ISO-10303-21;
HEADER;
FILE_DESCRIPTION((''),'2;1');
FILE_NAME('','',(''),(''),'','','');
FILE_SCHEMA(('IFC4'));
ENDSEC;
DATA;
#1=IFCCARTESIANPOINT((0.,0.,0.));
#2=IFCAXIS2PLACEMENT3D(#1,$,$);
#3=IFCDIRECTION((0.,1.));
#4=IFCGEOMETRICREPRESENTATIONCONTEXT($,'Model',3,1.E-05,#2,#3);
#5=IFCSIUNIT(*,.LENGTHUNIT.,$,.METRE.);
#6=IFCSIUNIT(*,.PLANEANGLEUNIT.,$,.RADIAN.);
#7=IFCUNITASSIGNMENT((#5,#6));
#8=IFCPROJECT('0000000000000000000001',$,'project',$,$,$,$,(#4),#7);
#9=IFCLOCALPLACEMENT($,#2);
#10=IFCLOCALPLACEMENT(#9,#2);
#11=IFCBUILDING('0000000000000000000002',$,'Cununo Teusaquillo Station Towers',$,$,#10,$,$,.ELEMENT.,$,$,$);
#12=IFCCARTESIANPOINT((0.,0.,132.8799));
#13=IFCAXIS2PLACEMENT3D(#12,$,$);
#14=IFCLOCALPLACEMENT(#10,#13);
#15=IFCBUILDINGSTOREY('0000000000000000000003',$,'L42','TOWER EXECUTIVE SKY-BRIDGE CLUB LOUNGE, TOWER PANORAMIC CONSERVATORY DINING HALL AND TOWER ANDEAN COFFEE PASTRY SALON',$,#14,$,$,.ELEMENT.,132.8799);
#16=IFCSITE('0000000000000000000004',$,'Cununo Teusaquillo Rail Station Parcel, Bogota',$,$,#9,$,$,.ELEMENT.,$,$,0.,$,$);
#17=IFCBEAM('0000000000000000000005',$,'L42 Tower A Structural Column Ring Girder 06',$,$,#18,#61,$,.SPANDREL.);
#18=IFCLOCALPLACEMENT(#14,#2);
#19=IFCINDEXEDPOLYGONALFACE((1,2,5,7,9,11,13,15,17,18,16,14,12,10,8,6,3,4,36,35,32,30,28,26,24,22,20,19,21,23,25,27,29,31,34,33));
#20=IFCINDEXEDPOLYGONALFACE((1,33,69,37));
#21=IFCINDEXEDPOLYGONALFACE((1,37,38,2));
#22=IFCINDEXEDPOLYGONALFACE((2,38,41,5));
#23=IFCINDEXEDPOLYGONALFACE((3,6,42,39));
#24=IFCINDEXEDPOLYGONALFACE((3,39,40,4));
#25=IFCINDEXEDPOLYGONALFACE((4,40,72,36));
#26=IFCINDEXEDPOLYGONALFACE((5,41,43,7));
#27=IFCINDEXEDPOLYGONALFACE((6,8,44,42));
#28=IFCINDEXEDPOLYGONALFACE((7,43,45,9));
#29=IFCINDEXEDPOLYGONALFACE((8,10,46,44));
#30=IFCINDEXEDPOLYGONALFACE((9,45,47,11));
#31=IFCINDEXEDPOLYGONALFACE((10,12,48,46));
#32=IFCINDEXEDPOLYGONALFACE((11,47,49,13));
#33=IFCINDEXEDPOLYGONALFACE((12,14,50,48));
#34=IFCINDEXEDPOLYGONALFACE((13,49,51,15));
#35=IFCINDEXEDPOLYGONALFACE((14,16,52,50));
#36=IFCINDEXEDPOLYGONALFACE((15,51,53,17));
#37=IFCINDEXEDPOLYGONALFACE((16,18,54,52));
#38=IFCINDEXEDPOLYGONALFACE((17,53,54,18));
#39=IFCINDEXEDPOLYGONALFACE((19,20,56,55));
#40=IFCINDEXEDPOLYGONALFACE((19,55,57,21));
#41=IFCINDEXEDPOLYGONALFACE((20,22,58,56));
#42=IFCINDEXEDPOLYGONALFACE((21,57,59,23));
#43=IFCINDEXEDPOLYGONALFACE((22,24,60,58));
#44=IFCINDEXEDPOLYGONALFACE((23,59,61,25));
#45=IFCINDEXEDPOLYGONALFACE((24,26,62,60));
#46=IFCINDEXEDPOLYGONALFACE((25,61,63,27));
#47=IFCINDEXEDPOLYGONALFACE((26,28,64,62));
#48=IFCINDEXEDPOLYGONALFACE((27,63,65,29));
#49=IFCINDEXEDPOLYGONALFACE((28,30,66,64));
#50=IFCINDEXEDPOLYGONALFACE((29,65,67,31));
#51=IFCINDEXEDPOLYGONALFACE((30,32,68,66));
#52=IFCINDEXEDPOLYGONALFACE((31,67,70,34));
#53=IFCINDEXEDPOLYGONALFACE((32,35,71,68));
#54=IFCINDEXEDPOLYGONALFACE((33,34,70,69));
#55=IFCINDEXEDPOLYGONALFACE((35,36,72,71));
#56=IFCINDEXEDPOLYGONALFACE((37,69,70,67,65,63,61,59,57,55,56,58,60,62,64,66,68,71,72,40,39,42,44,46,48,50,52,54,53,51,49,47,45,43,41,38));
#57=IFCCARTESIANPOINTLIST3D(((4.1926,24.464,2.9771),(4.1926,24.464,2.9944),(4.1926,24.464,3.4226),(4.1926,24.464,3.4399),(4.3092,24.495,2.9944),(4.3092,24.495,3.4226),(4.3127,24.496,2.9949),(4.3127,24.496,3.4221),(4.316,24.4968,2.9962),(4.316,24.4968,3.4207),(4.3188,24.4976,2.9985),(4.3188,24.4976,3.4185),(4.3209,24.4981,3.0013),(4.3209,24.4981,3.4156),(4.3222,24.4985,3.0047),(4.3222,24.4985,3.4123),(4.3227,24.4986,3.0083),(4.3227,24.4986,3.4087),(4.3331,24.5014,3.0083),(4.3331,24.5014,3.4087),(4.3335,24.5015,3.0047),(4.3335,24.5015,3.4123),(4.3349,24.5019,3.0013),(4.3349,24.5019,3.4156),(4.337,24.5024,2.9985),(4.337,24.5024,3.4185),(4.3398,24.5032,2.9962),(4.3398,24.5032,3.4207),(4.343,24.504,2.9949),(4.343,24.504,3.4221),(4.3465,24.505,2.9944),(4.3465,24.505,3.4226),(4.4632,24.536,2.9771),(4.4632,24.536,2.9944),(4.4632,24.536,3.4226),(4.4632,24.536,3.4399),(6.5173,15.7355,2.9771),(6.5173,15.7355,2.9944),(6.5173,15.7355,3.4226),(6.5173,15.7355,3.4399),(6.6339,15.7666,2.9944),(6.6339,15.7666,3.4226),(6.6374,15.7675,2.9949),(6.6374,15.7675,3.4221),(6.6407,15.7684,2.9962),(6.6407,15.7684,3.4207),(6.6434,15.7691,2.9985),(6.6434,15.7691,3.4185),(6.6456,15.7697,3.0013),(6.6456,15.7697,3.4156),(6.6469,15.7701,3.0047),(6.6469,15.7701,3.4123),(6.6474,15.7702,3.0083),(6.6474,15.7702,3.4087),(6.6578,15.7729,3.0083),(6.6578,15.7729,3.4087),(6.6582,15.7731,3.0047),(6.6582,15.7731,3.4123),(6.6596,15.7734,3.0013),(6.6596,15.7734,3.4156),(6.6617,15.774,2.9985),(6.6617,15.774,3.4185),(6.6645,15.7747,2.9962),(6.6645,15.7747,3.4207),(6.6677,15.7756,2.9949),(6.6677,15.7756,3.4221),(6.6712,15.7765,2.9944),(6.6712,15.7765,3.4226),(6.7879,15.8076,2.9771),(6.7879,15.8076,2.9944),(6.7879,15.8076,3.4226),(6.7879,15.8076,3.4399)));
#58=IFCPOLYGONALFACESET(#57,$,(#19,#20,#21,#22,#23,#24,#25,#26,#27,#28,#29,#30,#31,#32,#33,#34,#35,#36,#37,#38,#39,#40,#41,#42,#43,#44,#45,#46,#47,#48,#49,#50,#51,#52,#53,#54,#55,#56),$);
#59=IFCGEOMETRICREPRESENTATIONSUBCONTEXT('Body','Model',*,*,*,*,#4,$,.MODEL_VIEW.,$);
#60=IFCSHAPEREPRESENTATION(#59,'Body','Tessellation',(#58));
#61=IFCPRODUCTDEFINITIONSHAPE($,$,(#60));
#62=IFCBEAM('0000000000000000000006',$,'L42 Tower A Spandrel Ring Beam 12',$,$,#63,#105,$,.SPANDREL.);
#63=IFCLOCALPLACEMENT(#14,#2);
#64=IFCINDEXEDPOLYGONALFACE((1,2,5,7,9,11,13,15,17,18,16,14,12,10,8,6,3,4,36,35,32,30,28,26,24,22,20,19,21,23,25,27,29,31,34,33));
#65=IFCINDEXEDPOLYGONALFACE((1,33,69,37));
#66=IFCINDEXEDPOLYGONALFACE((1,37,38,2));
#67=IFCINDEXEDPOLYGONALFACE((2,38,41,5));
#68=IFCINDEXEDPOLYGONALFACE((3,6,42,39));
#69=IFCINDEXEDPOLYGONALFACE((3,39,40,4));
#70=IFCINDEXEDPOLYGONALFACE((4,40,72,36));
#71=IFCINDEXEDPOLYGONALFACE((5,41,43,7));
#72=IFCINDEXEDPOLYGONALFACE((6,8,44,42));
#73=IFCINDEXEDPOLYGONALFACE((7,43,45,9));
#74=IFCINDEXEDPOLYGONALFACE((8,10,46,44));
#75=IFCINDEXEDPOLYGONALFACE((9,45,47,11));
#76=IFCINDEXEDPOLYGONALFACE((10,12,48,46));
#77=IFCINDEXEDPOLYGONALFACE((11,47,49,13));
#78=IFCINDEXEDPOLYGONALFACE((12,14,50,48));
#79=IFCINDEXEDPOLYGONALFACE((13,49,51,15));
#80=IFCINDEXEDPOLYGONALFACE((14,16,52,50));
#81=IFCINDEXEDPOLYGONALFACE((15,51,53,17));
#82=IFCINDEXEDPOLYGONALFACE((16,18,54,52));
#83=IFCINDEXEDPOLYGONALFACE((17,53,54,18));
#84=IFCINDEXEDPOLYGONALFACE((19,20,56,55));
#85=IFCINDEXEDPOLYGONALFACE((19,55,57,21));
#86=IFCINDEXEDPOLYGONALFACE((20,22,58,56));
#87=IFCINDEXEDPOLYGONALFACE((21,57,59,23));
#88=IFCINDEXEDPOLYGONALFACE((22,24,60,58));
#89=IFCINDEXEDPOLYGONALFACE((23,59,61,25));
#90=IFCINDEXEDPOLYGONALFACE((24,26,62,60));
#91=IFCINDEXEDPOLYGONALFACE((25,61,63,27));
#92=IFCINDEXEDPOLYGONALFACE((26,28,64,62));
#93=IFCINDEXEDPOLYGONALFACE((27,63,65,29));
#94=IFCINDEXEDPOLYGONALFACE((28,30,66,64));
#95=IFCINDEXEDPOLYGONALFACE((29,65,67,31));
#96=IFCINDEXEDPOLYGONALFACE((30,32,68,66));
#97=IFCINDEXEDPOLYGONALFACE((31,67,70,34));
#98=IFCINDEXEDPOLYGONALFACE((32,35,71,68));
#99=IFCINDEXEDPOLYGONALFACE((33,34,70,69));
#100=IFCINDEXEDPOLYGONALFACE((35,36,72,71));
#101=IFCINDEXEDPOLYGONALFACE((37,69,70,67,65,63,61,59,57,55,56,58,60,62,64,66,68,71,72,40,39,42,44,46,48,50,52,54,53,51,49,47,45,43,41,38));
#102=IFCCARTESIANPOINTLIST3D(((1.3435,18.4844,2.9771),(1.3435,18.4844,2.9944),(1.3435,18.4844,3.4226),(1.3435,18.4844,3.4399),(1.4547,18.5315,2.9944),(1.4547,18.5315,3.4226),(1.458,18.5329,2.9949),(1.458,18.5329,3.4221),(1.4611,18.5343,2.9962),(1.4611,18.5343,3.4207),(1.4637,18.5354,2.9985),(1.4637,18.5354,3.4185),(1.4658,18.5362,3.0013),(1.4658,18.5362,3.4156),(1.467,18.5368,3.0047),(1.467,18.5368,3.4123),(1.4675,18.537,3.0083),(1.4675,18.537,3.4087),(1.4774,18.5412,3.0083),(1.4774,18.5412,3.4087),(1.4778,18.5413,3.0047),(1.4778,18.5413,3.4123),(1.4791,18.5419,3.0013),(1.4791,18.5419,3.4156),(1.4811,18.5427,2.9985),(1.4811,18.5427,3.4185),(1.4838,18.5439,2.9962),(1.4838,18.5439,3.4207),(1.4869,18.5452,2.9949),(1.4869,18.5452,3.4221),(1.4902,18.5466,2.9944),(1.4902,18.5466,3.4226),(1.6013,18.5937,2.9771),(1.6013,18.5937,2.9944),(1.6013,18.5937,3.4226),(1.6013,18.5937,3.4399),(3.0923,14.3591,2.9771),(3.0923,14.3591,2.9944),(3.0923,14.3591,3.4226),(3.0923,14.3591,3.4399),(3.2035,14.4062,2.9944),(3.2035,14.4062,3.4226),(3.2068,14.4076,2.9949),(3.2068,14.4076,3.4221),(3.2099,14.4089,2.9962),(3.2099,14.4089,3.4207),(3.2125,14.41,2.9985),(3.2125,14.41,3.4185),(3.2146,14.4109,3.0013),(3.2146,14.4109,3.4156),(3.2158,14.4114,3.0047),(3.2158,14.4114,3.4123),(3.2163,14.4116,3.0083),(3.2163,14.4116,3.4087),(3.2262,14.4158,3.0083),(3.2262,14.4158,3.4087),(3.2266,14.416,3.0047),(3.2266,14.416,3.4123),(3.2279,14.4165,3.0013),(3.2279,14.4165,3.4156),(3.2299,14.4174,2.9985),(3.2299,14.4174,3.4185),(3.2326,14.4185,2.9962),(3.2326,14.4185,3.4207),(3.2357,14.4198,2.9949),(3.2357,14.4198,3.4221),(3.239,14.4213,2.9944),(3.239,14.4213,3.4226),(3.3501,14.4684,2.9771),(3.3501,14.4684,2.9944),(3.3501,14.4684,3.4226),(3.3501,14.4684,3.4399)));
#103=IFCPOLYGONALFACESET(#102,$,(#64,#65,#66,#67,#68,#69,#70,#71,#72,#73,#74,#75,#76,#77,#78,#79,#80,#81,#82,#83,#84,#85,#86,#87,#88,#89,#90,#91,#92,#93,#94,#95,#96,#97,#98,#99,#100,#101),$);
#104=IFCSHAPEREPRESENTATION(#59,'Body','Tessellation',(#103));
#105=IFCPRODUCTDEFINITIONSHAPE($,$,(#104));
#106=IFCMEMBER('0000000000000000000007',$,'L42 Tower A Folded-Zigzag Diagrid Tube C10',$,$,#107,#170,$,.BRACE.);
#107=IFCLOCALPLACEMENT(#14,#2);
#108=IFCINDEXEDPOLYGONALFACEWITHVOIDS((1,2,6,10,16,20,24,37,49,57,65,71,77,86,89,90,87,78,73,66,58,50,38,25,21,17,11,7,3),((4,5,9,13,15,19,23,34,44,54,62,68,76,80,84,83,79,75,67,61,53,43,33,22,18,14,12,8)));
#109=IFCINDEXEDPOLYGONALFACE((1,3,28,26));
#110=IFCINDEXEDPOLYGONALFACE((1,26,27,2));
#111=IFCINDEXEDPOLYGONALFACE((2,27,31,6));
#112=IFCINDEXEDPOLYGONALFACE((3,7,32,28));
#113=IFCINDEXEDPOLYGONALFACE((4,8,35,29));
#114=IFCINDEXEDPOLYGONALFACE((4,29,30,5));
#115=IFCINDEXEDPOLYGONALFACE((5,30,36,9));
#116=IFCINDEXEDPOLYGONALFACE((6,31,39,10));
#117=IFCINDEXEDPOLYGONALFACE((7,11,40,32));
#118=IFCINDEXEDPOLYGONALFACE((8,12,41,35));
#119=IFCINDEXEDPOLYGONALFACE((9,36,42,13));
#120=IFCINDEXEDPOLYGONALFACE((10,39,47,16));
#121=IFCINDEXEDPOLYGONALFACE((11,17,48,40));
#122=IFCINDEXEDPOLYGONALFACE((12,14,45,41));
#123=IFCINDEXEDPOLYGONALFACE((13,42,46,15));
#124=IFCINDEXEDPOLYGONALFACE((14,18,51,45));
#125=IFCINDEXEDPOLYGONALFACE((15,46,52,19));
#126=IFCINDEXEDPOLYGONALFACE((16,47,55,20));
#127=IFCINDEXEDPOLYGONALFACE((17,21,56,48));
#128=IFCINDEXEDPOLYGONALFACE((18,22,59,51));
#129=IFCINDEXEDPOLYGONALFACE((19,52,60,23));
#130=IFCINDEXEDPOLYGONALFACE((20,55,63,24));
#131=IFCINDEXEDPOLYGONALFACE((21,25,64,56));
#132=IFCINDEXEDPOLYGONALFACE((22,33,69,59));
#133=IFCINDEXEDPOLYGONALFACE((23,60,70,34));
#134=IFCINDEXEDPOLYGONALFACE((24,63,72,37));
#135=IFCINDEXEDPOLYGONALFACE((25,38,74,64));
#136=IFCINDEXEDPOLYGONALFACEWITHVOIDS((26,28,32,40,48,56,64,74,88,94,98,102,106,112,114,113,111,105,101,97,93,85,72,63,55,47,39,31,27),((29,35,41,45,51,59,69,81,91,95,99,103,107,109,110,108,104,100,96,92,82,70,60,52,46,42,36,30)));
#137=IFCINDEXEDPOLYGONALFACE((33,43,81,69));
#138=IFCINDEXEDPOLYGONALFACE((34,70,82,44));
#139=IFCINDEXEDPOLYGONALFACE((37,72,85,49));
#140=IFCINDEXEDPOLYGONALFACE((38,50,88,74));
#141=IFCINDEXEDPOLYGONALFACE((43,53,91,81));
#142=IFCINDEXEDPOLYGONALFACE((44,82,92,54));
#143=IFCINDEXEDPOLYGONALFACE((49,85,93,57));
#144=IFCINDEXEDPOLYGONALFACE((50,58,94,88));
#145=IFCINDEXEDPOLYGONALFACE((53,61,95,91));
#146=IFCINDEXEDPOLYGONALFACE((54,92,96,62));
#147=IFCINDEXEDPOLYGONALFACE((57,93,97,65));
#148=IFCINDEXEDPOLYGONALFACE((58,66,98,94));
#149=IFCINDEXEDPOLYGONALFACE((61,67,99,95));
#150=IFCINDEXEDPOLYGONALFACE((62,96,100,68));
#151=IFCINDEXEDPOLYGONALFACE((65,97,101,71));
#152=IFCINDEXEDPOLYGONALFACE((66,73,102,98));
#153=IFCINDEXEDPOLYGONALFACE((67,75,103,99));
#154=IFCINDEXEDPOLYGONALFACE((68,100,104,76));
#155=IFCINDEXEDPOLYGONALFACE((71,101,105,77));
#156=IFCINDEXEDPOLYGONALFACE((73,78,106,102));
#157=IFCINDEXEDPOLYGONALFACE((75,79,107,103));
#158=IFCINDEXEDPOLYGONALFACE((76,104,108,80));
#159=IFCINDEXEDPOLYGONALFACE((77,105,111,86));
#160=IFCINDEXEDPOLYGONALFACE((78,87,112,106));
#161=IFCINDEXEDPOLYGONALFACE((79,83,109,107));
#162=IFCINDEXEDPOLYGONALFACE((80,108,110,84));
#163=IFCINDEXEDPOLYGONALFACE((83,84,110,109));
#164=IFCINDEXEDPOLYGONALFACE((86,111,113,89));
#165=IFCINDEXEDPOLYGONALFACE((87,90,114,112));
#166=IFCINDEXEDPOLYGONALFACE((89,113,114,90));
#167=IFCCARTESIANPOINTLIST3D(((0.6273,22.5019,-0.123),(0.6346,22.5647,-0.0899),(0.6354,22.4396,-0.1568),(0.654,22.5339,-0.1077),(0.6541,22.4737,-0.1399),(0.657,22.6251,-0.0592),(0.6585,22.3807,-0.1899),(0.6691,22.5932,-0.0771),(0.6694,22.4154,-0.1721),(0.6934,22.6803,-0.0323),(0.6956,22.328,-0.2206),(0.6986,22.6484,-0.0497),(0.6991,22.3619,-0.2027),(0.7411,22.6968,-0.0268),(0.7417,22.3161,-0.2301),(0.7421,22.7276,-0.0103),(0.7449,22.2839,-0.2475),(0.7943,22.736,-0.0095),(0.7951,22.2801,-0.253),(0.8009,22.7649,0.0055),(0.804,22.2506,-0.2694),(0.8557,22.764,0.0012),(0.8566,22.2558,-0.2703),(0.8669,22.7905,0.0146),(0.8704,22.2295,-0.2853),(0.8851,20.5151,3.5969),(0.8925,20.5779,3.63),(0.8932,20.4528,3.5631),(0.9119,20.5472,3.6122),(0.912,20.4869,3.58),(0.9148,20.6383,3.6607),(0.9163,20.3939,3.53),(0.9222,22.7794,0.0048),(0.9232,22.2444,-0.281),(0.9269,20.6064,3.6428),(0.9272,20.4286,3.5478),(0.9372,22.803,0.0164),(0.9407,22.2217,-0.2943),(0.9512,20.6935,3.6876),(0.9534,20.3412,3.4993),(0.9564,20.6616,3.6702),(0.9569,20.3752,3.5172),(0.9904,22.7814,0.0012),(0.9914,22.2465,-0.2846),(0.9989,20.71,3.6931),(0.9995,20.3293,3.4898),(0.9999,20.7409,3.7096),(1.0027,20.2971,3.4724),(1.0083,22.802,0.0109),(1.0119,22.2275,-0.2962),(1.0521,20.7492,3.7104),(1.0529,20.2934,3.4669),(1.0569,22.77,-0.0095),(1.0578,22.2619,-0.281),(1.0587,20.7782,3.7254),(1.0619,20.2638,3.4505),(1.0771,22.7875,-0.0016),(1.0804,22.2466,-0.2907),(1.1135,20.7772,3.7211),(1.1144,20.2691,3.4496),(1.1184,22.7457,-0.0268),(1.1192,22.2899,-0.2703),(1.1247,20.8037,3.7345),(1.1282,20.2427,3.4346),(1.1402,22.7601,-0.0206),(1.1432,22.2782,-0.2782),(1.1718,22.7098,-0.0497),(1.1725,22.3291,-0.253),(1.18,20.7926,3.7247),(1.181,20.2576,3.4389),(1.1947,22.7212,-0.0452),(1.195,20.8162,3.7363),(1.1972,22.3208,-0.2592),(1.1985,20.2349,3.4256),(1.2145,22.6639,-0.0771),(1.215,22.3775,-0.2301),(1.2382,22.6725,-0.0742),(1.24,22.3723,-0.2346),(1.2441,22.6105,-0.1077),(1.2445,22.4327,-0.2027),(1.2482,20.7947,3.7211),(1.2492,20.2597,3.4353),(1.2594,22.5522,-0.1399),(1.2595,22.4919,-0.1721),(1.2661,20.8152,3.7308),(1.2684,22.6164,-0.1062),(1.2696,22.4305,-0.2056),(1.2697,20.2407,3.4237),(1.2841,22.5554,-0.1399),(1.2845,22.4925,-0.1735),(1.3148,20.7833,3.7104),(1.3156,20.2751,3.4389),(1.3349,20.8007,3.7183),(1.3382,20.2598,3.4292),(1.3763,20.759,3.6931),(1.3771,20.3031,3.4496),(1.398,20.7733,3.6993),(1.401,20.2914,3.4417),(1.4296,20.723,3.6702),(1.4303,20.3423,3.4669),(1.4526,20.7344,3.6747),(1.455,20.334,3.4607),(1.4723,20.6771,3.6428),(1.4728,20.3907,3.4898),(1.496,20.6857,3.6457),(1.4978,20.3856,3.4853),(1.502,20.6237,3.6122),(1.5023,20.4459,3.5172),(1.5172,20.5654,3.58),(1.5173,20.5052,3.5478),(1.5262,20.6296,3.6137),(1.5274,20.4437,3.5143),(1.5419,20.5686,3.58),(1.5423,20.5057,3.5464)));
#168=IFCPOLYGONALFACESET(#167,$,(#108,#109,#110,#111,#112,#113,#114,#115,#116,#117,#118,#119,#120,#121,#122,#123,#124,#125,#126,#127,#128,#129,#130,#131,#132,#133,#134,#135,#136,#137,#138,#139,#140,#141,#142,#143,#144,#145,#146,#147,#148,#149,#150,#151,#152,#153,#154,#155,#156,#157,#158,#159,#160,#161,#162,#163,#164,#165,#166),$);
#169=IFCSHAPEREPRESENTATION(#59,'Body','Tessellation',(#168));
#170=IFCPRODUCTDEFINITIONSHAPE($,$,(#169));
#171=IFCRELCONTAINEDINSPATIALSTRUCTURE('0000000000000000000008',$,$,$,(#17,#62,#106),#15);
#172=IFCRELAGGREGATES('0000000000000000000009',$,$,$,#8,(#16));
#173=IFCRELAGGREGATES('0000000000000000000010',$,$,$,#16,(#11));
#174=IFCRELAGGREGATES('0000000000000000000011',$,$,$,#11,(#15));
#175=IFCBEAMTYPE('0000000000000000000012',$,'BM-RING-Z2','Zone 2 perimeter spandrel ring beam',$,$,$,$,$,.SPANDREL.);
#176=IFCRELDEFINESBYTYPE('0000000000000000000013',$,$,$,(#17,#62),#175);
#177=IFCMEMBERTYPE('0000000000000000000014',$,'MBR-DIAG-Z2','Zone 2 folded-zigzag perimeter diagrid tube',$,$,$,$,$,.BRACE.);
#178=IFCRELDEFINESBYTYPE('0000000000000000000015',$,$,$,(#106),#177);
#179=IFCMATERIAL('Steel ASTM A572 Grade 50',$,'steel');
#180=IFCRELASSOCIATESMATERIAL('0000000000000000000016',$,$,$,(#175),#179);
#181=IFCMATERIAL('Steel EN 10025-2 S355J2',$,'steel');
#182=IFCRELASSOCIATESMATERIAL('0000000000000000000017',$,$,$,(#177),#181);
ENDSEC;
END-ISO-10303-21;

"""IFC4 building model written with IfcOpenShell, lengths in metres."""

from ifc_helpers import new_model, si_unit, direction, frame, origin, origin_2d, place, context, subcontext, project, spatial, hollow_circle, i_section, extrude, material, material_profile, profile_set, type_object, element, save


model = new_model("IFC4")

# Units and contexts
model_context = context("Model", 3, precision=1e-05, world=origin(), true_north=direction((0.0, 1.0)))
body_context = subcontext(model_context, "Body", "Model", "MODEL_VIEW")
ifc_project = project(units=[si_unit("LENGTHUNIT", "METRE"), si_unit("PLANEANGLEUNIT", "RADIAN")], contexts=[model_context])

# Site, building, storey
site_placement = place(None, origin())
site = spatial("IfcSite", under=ifc_project, at=site_placement, Name="Cununo Teusaquillo Rail Station Parcel, Bogota", CompositionType="ELEMENT", RefElevation=0.0)
building_placement = place(site_placement, origin())
building = spatial("IfcBuilding", under=site, at=building_placement, Name="Cununo Teusaquillo Station Towers", CompositionType="ELEMENT")
storey_placement = place(building_placement, frame((0.0, 0.0, 132.8799)))
storey = spatial("IfcBuildingStorey", under=building, at=storey_placement, Name="L42", Description="TOWER EXECUTIVE SKY-BRIDGE CLUB LOUNGE, TOWER PANORAMIC CONSERVATORY DINING HALL AND TOWER ANDEAN COFFEE PASTRY SALON", CompositionType="ELEMENT", Elevation=132.8799)

# Beams
ifc_material_1 = material(Name="Steel ASTM A572 Grade 50", Category="steel")
ifc_material_profile_1 = material_profile(ifc_material_1, i_section(OverallWidth=0.28, OverallDepth=0.4629, WebThickness=0.0107, FlangeThickness=0.0173, FilletRadius=0.0139, at=origin_2d()), Name="W18X76")
ifc_profile_set_1 = profile_set([ifc_material_profile_1], Name="Steel ASTM A572 Grade 50")
beam_type_1 = type_object("IfcBeamType", Name="BM-RING-Z2", Description="Zone 2 perimeter spandrel ring beam", PredefinedType="SPANDREL", material=ifc_profile_set_1)
beam_1_placement = place(storey_placement, frame((4.3279, 24.5, 3.2085), z_axis=(0.257363, -0.966315, 0.0), x_axis=(0.966315, 0.257363, 0.0)))
element("IfcBeam", 1, at=beam_1_placement, inside=storey, type_object=beam_type_1, Name="L42 Tower A Structural Column Ring Girder 06", PredefinedType="SPANDREL", context=body_context, shape_type="SweptSolid", body=[
    extrude(i_section(OverallWidth=0.28, OverallDepth=0.4629, WebThickness=0.0107, FlangeThickness=0.0173, FilletRadius=0.0139, at=origin_2d()), origin(), (0.0, 0.0, 1.0), 9.0327),
])
beam_2_placement = place(storey_placement, frame((1.4724, 18.5391, 3.2085), z_axis=(0.390299, -0.920688, 0.0), x_axis=(0.920688, 0.390299, 0.0)))
element("IfcBeam", 2, at=beam_2_placement, inside=storey, type_object=beam_type_1, Name="L42 Tower A Spandrel Ring Beam 12", PredefinedType="SPANDREL", context=body_context, shape_type="SweptSolid", body=[
    extrude(i_section(OverallWidth=0.28, OverallDepth=0.4629, WebThickness=0.0107, FlangeThickness=0.0173, FilletRadius=0.0139, at=origin_2d()), origin(), (0.0, 0.0, 1.0), 4.4807),
])

# Member
ifc_material_2 = material(Name="Steel EN 10025-2 S355J2", Category="steel")
ifc_material_profile_2 = material_profile(ifc_material_2, hollow_circle(Radius=0.3301, WallThickness=0.0249, at=origin_2d()), Name="CHS 660x25")
ifc_profile_set_2 = profile_set([ifc_material_profile_2], Name="Steel EN 10025-2 S355J2")
member_type = type_object("IfcMemberType", Name="MBR-DIAG-Z2", Description="Zone 2 folded-zigzag perimeter diagrid tube", PredefinedType="BRACE", material=ifc_profile_set_2)
member_placement = place(storey_placement, frame((0.9568, 22.5129, -0.1399), z_axis=(0.061018, -0.470233, 0.88043), x_axis=(0.991686, 0.128683, 0.0)))
element("IfcMember", 3, at=member_placement, inside=storey, type_object=member_type, Name="L42 Tower A Folded-Zigzag Diagrid Tube C10", PredefinedType="BRACE", context=body_context, shape_type="SweptSolid", body=[
    extrude(hollow_circle(Radius=0.3301, WallThickness=0.0249, at=origin_2d()), origin(), (0.0, 0.0, 1.0), 4.2251),
])

save(model, "model.ifc")
